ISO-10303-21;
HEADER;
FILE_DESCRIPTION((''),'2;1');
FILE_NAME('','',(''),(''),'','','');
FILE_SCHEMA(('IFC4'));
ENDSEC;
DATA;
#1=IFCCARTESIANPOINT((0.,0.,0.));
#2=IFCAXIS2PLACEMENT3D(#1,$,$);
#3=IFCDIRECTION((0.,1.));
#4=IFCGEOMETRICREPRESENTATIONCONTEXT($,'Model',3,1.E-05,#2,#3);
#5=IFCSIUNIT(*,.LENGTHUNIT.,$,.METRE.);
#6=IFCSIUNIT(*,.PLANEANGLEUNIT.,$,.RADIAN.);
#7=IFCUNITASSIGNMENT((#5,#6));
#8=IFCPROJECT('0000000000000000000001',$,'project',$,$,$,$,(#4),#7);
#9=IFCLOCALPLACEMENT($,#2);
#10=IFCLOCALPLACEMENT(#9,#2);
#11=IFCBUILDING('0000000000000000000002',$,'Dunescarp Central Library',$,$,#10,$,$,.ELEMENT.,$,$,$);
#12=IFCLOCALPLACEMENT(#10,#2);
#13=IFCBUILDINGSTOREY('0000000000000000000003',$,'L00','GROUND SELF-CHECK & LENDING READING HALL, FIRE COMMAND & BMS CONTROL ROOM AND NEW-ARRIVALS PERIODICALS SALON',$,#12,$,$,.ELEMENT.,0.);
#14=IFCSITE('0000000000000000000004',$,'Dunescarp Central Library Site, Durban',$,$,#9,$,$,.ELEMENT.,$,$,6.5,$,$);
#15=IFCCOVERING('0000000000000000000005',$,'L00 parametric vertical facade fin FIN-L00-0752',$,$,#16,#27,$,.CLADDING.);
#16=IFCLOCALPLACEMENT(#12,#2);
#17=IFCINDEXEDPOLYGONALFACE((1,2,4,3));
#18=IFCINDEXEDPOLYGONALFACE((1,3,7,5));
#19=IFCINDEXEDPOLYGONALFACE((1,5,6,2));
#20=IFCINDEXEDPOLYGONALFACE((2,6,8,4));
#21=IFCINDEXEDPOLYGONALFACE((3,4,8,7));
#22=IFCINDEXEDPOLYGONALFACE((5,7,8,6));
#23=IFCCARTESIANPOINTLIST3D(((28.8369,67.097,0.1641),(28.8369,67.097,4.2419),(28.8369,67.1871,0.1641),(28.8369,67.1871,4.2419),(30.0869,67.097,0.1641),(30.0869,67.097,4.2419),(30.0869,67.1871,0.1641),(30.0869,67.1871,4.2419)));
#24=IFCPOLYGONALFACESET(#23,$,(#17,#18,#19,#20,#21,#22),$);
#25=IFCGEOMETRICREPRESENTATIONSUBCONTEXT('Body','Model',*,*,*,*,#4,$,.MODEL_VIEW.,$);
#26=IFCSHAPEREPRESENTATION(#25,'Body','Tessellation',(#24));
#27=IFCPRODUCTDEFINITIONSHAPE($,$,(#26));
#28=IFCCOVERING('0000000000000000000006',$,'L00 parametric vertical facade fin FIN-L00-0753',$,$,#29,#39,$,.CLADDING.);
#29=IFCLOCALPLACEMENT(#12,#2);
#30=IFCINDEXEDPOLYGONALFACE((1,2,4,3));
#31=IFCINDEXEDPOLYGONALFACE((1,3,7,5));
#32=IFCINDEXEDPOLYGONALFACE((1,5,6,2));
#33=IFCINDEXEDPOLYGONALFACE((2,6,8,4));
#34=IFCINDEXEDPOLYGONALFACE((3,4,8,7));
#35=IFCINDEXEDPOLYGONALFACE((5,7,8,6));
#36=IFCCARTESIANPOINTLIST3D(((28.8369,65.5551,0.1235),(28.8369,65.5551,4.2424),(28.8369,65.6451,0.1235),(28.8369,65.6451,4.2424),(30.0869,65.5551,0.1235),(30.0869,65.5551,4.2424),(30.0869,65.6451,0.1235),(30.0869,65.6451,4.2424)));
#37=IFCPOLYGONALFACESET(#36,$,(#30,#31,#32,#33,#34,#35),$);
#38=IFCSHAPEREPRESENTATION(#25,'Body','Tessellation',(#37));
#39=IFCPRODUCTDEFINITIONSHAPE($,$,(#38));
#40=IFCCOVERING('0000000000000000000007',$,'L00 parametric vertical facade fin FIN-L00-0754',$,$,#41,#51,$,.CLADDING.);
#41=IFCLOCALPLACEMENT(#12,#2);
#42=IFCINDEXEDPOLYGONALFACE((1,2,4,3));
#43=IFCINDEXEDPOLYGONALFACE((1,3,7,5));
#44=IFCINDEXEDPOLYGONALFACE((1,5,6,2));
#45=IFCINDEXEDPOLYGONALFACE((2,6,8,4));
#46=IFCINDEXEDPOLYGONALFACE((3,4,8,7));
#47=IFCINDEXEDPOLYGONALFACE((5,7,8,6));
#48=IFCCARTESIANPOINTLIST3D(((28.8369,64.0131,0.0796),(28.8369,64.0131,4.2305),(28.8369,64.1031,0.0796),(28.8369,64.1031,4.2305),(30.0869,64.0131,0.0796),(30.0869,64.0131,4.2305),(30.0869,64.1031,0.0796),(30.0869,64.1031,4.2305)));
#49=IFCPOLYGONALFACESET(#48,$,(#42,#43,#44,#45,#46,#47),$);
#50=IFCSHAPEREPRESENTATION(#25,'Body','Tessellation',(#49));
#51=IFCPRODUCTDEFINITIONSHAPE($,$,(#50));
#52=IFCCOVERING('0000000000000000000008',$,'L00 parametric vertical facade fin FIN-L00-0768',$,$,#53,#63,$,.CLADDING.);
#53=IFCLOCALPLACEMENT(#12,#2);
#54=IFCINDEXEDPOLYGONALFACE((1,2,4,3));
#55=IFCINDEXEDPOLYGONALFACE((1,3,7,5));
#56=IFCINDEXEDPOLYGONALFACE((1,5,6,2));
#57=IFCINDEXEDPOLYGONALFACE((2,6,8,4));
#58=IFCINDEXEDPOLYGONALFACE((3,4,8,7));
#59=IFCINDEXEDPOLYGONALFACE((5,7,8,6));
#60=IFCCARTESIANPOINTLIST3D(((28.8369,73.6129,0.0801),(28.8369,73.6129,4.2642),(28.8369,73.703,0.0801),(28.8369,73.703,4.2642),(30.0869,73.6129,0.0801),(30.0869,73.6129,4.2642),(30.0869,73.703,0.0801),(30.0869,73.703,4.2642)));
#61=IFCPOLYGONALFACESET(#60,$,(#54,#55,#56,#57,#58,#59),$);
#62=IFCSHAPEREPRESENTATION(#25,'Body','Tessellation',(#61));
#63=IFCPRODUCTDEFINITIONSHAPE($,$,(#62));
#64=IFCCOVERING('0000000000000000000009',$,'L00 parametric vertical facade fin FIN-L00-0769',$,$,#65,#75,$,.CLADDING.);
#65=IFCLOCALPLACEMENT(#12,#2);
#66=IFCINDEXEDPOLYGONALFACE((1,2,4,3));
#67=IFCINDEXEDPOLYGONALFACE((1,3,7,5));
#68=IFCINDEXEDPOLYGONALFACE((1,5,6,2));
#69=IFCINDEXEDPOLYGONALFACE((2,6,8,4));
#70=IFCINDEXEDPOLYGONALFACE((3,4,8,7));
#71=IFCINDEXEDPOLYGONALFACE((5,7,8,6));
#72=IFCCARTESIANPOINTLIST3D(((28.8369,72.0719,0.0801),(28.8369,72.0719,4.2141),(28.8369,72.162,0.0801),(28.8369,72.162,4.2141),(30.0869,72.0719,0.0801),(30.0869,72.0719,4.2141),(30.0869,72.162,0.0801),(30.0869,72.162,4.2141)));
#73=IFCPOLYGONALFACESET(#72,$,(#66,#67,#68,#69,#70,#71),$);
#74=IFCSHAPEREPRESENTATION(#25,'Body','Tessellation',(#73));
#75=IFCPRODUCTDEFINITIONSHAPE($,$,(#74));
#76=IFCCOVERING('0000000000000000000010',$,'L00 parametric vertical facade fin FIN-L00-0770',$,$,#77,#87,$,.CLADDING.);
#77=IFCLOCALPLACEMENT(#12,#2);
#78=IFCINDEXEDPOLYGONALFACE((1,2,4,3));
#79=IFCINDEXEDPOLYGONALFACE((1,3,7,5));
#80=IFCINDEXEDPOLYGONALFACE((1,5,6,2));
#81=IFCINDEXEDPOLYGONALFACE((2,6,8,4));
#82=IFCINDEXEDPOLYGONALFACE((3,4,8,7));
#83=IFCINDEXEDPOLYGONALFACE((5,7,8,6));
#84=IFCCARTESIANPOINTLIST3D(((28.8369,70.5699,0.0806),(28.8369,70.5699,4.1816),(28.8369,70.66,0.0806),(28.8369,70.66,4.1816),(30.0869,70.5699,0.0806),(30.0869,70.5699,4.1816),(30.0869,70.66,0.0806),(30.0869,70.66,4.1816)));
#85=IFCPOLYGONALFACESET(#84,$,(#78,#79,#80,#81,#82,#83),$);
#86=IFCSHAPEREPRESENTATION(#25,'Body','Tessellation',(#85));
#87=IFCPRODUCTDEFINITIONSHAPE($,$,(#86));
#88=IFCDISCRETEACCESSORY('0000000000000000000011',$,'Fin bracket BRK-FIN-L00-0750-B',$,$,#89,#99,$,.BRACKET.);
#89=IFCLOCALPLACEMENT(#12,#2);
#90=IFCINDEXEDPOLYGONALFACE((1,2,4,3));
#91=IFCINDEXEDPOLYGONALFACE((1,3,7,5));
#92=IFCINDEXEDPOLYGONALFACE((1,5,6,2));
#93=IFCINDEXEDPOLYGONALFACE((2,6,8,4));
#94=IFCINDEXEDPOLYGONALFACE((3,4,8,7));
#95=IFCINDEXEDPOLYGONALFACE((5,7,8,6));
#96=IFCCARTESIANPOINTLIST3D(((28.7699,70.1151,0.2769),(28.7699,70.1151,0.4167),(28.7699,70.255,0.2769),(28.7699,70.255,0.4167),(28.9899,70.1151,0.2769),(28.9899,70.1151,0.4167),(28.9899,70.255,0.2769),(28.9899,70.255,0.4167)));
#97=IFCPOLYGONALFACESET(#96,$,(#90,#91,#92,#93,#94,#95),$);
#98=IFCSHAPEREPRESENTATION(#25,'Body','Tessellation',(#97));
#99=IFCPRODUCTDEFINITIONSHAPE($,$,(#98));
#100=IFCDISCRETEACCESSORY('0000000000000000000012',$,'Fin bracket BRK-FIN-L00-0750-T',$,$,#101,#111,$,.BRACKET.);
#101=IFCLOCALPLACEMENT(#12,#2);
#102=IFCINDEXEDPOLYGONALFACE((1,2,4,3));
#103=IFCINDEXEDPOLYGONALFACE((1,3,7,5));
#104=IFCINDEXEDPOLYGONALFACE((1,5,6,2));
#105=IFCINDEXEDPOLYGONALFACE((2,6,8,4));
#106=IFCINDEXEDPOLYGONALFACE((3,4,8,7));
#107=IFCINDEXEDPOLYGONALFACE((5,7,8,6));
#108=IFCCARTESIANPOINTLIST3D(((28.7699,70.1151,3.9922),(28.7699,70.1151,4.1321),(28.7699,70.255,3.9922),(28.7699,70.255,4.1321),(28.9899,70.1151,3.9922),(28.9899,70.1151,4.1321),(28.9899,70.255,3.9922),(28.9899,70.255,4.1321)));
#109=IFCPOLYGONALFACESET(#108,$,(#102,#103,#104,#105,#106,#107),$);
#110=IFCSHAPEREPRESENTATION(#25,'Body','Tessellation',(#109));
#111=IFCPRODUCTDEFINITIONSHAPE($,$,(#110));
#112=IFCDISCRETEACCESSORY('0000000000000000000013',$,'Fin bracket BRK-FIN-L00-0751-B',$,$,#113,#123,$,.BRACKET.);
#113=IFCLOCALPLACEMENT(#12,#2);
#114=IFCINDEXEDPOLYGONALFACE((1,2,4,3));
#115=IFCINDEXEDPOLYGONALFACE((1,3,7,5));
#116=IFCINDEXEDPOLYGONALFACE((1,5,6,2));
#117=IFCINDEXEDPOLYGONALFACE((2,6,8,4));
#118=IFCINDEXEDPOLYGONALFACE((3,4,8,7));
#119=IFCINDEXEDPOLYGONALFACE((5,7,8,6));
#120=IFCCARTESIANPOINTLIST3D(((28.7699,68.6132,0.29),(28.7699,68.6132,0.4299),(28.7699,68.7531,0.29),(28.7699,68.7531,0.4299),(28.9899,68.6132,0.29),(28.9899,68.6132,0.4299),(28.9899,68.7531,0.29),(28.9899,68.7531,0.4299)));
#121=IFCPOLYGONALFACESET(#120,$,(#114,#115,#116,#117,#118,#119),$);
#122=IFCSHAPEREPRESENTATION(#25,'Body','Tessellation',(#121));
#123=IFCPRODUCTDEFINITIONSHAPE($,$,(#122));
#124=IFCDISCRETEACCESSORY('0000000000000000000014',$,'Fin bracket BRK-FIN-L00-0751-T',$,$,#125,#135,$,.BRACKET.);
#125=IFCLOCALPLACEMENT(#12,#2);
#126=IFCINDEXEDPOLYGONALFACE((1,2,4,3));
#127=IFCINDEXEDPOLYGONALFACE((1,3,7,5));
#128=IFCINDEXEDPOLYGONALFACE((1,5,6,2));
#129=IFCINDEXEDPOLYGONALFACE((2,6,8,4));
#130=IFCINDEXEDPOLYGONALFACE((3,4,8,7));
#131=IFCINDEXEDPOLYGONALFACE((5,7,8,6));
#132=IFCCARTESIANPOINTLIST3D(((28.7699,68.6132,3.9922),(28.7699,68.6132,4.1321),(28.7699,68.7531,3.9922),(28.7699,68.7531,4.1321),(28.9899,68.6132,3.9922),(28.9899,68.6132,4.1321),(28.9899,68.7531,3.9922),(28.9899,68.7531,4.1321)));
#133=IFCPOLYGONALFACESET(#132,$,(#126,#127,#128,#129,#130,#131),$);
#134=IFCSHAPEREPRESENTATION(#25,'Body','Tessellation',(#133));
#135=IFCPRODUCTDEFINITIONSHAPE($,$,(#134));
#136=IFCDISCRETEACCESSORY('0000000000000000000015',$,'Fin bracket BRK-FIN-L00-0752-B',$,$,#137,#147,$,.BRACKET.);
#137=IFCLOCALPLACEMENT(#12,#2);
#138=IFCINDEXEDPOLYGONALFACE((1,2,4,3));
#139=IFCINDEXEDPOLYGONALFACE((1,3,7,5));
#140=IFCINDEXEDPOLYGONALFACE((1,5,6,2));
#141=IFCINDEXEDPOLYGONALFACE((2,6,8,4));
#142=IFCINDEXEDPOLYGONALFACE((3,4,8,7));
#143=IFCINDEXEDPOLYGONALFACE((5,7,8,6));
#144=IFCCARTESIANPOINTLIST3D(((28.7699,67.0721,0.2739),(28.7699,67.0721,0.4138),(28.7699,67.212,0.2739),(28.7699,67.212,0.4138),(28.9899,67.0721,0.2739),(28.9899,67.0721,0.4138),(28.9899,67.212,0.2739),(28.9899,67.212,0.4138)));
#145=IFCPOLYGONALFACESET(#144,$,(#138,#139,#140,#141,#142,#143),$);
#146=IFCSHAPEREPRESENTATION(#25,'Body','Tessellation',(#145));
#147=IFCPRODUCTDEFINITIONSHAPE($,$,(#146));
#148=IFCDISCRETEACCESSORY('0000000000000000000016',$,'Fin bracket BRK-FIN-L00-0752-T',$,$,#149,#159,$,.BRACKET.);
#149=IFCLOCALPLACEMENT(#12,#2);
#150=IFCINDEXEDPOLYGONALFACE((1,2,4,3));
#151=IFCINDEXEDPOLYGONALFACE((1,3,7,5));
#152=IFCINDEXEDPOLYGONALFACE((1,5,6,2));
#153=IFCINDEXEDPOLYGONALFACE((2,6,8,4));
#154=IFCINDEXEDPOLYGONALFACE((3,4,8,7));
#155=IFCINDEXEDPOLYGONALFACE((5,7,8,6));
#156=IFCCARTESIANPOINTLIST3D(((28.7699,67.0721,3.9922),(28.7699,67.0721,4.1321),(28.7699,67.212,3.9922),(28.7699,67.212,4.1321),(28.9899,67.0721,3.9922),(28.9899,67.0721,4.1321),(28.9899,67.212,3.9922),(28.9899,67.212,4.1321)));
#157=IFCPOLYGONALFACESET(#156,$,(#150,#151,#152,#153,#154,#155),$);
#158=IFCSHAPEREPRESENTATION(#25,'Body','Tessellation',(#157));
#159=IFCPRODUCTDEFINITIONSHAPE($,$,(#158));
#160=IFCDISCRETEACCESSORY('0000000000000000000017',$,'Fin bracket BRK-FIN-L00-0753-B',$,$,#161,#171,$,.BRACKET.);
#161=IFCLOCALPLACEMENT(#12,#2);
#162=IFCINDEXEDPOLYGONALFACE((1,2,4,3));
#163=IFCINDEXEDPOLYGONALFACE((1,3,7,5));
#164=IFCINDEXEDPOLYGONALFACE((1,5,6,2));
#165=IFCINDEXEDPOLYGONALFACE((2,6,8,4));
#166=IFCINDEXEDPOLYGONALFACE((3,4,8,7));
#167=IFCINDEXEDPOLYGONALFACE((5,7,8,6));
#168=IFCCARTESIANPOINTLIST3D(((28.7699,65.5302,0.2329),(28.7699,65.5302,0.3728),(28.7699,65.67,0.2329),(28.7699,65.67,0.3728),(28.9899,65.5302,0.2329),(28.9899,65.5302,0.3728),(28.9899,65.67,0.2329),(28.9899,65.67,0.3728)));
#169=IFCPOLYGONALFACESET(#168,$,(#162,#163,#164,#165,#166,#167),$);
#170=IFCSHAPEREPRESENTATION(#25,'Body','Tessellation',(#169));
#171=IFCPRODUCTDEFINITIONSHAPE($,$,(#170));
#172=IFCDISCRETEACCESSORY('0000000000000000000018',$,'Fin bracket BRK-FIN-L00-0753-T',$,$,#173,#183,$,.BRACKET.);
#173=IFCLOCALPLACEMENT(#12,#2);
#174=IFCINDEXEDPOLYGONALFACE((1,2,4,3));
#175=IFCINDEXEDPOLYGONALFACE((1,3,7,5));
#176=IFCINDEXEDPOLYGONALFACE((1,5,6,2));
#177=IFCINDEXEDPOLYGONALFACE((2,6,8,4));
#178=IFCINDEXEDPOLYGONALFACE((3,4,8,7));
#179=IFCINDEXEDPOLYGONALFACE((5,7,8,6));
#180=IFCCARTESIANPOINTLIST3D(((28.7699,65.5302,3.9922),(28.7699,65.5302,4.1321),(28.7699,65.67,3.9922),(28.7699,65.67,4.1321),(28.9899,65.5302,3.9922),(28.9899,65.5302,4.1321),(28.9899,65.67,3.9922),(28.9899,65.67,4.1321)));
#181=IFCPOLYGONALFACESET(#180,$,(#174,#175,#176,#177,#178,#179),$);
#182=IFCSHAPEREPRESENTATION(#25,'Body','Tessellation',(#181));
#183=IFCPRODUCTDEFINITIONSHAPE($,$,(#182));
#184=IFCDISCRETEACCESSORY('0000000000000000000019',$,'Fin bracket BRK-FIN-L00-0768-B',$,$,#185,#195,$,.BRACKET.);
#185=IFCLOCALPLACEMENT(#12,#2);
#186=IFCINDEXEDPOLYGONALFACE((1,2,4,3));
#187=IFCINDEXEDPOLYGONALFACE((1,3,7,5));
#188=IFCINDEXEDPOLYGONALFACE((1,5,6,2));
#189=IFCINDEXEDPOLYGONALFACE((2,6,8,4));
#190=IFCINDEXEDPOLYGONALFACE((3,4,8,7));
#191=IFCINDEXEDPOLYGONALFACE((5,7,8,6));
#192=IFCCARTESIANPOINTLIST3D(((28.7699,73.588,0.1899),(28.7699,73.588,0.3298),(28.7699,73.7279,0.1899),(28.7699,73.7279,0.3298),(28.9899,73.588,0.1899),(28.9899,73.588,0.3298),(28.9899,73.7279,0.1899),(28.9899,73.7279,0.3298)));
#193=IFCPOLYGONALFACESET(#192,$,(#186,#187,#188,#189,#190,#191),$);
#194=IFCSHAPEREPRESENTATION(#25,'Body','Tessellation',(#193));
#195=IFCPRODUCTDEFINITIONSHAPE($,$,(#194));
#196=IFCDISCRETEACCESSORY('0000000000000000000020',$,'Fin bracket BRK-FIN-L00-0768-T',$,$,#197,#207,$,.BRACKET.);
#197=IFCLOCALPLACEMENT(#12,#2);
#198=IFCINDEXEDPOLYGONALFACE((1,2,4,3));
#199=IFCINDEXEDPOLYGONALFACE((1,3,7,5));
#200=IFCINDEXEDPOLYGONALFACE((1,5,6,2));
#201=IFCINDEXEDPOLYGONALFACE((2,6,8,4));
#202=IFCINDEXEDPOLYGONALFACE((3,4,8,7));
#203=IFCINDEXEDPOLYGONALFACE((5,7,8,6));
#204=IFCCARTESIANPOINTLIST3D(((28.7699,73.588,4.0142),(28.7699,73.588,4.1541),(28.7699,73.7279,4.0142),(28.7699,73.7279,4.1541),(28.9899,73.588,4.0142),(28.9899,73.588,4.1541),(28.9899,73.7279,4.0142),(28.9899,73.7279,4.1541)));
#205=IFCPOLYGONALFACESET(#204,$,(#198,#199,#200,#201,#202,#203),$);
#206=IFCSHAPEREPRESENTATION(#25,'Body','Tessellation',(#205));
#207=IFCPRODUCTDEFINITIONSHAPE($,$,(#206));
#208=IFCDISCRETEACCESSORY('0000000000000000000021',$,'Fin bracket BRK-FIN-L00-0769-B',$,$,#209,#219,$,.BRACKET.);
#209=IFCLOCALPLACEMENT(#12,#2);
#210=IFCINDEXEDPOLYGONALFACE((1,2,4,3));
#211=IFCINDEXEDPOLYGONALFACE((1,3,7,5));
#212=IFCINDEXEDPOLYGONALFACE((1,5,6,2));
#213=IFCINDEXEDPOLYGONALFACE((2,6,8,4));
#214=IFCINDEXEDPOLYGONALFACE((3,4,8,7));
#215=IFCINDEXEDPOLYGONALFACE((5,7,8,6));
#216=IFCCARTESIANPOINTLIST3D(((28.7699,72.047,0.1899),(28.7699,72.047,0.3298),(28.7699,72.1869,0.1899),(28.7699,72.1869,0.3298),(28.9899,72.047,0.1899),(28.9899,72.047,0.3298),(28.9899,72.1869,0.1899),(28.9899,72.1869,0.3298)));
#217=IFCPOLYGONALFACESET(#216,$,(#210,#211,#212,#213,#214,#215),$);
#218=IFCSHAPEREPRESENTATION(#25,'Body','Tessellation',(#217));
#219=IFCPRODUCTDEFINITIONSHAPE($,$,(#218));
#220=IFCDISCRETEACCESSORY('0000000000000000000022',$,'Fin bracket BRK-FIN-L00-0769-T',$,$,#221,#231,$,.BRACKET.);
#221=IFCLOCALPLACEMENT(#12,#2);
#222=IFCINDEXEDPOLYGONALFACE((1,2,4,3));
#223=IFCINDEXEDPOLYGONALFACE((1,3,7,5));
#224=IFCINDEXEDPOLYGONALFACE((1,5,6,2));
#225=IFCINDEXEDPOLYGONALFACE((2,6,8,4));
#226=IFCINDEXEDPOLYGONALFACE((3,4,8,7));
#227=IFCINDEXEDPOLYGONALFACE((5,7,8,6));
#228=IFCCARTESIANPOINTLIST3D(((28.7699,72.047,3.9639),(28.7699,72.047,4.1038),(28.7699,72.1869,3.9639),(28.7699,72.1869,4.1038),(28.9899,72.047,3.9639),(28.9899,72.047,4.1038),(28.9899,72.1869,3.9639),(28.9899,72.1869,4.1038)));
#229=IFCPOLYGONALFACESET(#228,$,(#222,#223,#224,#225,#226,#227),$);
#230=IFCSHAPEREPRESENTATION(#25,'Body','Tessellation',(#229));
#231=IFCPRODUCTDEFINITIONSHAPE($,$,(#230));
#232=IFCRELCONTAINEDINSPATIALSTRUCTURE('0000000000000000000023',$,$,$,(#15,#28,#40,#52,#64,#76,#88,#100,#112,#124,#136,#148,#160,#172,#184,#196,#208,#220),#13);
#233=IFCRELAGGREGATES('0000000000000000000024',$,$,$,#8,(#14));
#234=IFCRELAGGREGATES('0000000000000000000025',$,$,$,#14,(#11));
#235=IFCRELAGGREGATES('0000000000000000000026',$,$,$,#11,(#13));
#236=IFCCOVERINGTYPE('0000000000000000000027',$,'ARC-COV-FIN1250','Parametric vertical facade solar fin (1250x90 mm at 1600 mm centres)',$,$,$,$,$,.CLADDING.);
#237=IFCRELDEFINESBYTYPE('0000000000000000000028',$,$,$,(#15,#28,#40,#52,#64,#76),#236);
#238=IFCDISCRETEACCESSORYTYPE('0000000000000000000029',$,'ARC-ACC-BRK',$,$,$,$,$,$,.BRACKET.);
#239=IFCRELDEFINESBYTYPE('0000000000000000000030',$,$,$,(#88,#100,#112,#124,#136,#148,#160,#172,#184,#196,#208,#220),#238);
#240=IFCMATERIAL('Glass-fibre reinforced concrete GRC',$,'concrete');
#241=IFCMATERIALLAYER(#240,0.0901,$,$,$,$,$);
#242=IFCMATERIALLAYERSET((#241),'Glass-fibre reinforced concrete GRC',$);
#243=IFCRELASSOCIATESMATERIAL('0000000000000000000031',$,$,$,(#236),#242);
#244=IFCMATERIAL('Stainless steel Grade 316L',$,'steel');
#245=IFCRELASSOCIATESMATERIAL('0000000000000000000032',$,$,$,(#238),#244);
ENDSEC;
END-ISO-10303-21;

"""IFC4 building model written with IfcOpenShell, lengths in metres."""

from ifc_helpers import new_model, si_unit, direction, frame, origin, origin_2d, place, context, subcontext, project, spatial, rectangle, extrude, material, layer, layer_set, type_object, element, save


model = new_model("IFC4")

# Units and contexts
model_context = context("Model", 3, precision=1e-05, world=origin(), true_north=direction((0.0, 1.0)))
body_context = subcontext(model_context, "Body", "Model", "MODEL_VIEW")
ifc_project = project(units=[si_unit("LENGTHUNIT", "METRE"), si_unit("PLANEANGLEUNIT", "RADIAN")], contexts=[model_context])

# Site, building, storey
site_placement = place(None, origin())
site = spatial("IfcSite", under=ifc_project, at=site_placement, Name="Dunescarp Central Library Site, Durban", CompositionType="ELEMENT", RefElevation=6.5)
building_placement = place(site_placement, origin())
building = spatial("IfcBuilding", under=site, at=building_placement, Name="Dunescarp Central Library", CompositionType="ELEMENT")
storey_placement = place(building_placement, origin())
storey = spatial("IfcBuildingStorey", under=building, at=storey_placement, Name="L00", Description="GROUND SELF-CHECK & LENDING READING HALL, FIRE COMMAND & BMS CONTROL ROOM AND NEW-ARRIVALS PERIODICALS SALON", CompositionType="ELEMENT", Elevation=0.0)

# Coverings
ifc_material_1 = material(Name="Glass-fibre reinforced concrete GRC", Category="concrete")
ifc_layer_1 = layer(ifc_material_1, 0.0901)
ifc_layer_set_1 = layer_set([ifc_layer_1], Name="Glass-fibre reinforced concrete GRC")
covering_type = type_object("IfcCoveringType", Name="ARC-COV-FIN1250", Description="Parametric vertical facade solar fin (1250x90 mm at 1600 mm centres)", PredefinedType="CLADDING", material=ifc_layer_set_1)
covering_1_placement = place(storey_placement, frame((29.4619, 67.1421, 0.1641), z_axis=(0.0, 0.0, 1.0), x_axis=(1.0, 0.0, 0.0)))
element("IfcCovering", 1, at=covering_1_placement, inside=storey, type_object=covering_type, Name="L00 parametric vertical facade fin FIN-L00-0752", PredefinedType="CLADDING", context=body_context, shape_type="SweptSolid", body=[
    extrude(rectangle(XDim=1.25, YDim=0.0901, at=origin_2d()), origin(), (0.0, 0.0, 1.0), 4.0779),
])
covering_2_placement = place(storey_placement, frame((29.4619, 65.6001, 0.1235), z_axis=(0.0, 0.0, 1.0), x_axis=(1.0, 0.0, 0.0)))
element("IfcCovering", 2, at=covering_2_placement, inside=storey, type_object=covering_type, Name="L00 parametric vertical facade fin FIN-L00-0753", PredefinedType="CLADDING", context=body_context, shape_type="SweptSolid", body=[
    extrude(rectangle(XDim=1.25, YDim=0.0901, at=origin_2d()), origin(), (0.0, 0.0, 1.0), 4.1189),
])
covering_3_placement = place(storey_placement, frame((29.4619, 64.0581, 0.0796), z_axis=(0.0, 0.0, 1.0), x_axis=(1.0, 0.0, 0.0)))
element("IfcCovering", 3, at=covering_3_placement, inside=storey, type_object=covering_type, Name="L00 parametric vertical facade fin FIN-L00-0754", PredefinedType="CLADDING", context=body_context, shape_type="SweptSolid", body=[
    extrude(rectangle(XDim=1.25, YDim=0.0901, at=origin_2d()), origin(), (0.0, 0.0, 1.0), 4.1509),
])
covering_4_placement = place(storey_placement, frame((29.4619, 73.658, 0.0801), z_axis=(0.0, 0.0, 1.0), x_axis=(1.0, 0.0, 0.0)))
element("IfcCovering", 4, at=covering_4_placement, inside=storey, type_object=covering_type, Name="L00 parametric vertical facade fin FIN-L00-0768", PredefinedType="CLADDING", context=body_context, shape_type="SweptSolid", body=[
    extrude(rectangle(XDim=1.25, YDim=0.0901, at=origin_2d()), origin(), (0.0, 0.0, 1.0), 4.1841),
])
covering_5_placement = place(storey_placement, frame((29.4619, 72.1169, 0.0801), z_axis=(0.0, 0.0, 1.0), x_axis=(1.0, 0.0, 0.0)))
element("IfcCovering", 5, at=covering_5_placement, inside=storey, type_object=covering_type, Name="L00 parametric vertical facade fin FIN-L00-0769", PredefinedType="CLADDING", context=body_context, shape_type="SweptSolid", body=[
    extrude(rectangle(XDim=1.25, YDim=0.0901, at=origin_2d()), origin(), (0.0, 0.0, 1.0), 4.134),
])
covering_6_placement = place(storey_placement, frame((29.4619, 70.615, 0.0806), z_axis=(0.0, 0.0, 1.0), x_axis=(1.0, 0.0, 0.0)))
element("IfcCovering", 6, at=covering_6_placement, inside=storey, type_object=covering_type, Name="L00 parametric vertical facade fin FIN-L00-0770", PredefinedType="CLADDING", context=body_context, shape_type="SweptSolid", body=[
    extrude(rectangle(XDim=1.25, YDim=0.0901, at=origin_2d()), origin(), (0.0, 0.0, 1.0), 4.1011),
])

# Discrete accessories
ifc_material_2 = material(Name="Stainless steel Grade 316L", Category="steel")
discrete_accessory_type = type_object("IfcDiscreteAccessoryType", Name="ARC-ACC-BRK", PredefinedType="BRACKET", material=ifc_material_2)
for number, where, z_axis, x_axis, name in (
    (7, (28.8799, 70.1851, 0.2769), (0.0, 0.0, 1.0), (1.0, 0.0, 0.0), "Fin bracket BRK-FIN-L00-0750-B"),
    (8, (28.8799, 70.1851, 3.9922), (0.0, 0.0, 1.0), (1.0, 0.0, 0.0), "Fin bracket BRK-FIN-L00-0750-T"),
    (9, (28.8799, 68.6831, 0.29), (0.0, 0.0, 1.0), (1.0, 0.0, 0.0), "Fin bracket BRK-FIN-L00-0751-B"),
    (10, (28.8799, 68.6831, 3.9922), (0.0, 0.0, 1.0), (1.0, 0.0, 0.0), "Fin bracket BRK-FIN-L00-0751-T"),
    (11, (28.8799, 67.1421, 0.2739), (0.0, 0.0, 1.0), (1.0, 0.0, 0.0), "Fin bracket BRK-FIN-L00-0752-B"),
    (12, (28.8799, 67.1421, 3.9922), (0.0, 0.0, 1.0), (1.0, 0.0, 0.0), "Fin bracket BRK-FIN-L00-0752-T"),
    (13, (28.8799, 65.6001, 0.2329), (0.0, 0.0, 1.0), (1.0, 0.0, 0.0), "Fin bracket BRK-FIN-L00-0753-B"),
    (14, (28.8799, 65.6001, 3.9922), (0.0, 0.0, 1.0), (1.0, 0.0, 0.0), "Fin bracket BRK-FIN-L00-0753-T"),
    (15, (28.8799, 73.658, 0.1899), (0.0, 0.0, 1.0), (1.0, 0.0, 0.0), "Fin bracket BRK-FIN-L00-0768-B"),
    (16, (28.8799, 73.658, 4.0142), (0.0, 0.0, 1.0), (1.0, 0.0, 0.0), "Fin bracket BRK-FIN-L00-0768-T"),
    (17, (28.8799, 72.1169, 0.1899), (0.0, 0.0, 1.0), (1.0, 0.0, 0.0), "Fin bracket BRK-FIN-L00-0769-B"),
    (18, (28.8799, 72.1169, 3.9639), (0.0, 0.0, 1.0), (1.0, 0.0, 0.0), "Fin bracket BRK-FIN-L00-0769-T"),
):
    element("IfcDiscreteAccessory", number, at=place(storey_placement, frame(where, z_axis=z_axis, x_axis=x_axis)), inside=storey, type_object=discrete_accessory_type, Name=name, PredefinedType="BRACKET", context=body_context, shape_type="SweptSolid", body=[
        extrude(rectangle(XDim=0.22, YDim=0.1399, at=origin_2d()), origin(), (0.0, 0.0, 1.0), 0.1399),
    ])

save(model, "model.ifc")
